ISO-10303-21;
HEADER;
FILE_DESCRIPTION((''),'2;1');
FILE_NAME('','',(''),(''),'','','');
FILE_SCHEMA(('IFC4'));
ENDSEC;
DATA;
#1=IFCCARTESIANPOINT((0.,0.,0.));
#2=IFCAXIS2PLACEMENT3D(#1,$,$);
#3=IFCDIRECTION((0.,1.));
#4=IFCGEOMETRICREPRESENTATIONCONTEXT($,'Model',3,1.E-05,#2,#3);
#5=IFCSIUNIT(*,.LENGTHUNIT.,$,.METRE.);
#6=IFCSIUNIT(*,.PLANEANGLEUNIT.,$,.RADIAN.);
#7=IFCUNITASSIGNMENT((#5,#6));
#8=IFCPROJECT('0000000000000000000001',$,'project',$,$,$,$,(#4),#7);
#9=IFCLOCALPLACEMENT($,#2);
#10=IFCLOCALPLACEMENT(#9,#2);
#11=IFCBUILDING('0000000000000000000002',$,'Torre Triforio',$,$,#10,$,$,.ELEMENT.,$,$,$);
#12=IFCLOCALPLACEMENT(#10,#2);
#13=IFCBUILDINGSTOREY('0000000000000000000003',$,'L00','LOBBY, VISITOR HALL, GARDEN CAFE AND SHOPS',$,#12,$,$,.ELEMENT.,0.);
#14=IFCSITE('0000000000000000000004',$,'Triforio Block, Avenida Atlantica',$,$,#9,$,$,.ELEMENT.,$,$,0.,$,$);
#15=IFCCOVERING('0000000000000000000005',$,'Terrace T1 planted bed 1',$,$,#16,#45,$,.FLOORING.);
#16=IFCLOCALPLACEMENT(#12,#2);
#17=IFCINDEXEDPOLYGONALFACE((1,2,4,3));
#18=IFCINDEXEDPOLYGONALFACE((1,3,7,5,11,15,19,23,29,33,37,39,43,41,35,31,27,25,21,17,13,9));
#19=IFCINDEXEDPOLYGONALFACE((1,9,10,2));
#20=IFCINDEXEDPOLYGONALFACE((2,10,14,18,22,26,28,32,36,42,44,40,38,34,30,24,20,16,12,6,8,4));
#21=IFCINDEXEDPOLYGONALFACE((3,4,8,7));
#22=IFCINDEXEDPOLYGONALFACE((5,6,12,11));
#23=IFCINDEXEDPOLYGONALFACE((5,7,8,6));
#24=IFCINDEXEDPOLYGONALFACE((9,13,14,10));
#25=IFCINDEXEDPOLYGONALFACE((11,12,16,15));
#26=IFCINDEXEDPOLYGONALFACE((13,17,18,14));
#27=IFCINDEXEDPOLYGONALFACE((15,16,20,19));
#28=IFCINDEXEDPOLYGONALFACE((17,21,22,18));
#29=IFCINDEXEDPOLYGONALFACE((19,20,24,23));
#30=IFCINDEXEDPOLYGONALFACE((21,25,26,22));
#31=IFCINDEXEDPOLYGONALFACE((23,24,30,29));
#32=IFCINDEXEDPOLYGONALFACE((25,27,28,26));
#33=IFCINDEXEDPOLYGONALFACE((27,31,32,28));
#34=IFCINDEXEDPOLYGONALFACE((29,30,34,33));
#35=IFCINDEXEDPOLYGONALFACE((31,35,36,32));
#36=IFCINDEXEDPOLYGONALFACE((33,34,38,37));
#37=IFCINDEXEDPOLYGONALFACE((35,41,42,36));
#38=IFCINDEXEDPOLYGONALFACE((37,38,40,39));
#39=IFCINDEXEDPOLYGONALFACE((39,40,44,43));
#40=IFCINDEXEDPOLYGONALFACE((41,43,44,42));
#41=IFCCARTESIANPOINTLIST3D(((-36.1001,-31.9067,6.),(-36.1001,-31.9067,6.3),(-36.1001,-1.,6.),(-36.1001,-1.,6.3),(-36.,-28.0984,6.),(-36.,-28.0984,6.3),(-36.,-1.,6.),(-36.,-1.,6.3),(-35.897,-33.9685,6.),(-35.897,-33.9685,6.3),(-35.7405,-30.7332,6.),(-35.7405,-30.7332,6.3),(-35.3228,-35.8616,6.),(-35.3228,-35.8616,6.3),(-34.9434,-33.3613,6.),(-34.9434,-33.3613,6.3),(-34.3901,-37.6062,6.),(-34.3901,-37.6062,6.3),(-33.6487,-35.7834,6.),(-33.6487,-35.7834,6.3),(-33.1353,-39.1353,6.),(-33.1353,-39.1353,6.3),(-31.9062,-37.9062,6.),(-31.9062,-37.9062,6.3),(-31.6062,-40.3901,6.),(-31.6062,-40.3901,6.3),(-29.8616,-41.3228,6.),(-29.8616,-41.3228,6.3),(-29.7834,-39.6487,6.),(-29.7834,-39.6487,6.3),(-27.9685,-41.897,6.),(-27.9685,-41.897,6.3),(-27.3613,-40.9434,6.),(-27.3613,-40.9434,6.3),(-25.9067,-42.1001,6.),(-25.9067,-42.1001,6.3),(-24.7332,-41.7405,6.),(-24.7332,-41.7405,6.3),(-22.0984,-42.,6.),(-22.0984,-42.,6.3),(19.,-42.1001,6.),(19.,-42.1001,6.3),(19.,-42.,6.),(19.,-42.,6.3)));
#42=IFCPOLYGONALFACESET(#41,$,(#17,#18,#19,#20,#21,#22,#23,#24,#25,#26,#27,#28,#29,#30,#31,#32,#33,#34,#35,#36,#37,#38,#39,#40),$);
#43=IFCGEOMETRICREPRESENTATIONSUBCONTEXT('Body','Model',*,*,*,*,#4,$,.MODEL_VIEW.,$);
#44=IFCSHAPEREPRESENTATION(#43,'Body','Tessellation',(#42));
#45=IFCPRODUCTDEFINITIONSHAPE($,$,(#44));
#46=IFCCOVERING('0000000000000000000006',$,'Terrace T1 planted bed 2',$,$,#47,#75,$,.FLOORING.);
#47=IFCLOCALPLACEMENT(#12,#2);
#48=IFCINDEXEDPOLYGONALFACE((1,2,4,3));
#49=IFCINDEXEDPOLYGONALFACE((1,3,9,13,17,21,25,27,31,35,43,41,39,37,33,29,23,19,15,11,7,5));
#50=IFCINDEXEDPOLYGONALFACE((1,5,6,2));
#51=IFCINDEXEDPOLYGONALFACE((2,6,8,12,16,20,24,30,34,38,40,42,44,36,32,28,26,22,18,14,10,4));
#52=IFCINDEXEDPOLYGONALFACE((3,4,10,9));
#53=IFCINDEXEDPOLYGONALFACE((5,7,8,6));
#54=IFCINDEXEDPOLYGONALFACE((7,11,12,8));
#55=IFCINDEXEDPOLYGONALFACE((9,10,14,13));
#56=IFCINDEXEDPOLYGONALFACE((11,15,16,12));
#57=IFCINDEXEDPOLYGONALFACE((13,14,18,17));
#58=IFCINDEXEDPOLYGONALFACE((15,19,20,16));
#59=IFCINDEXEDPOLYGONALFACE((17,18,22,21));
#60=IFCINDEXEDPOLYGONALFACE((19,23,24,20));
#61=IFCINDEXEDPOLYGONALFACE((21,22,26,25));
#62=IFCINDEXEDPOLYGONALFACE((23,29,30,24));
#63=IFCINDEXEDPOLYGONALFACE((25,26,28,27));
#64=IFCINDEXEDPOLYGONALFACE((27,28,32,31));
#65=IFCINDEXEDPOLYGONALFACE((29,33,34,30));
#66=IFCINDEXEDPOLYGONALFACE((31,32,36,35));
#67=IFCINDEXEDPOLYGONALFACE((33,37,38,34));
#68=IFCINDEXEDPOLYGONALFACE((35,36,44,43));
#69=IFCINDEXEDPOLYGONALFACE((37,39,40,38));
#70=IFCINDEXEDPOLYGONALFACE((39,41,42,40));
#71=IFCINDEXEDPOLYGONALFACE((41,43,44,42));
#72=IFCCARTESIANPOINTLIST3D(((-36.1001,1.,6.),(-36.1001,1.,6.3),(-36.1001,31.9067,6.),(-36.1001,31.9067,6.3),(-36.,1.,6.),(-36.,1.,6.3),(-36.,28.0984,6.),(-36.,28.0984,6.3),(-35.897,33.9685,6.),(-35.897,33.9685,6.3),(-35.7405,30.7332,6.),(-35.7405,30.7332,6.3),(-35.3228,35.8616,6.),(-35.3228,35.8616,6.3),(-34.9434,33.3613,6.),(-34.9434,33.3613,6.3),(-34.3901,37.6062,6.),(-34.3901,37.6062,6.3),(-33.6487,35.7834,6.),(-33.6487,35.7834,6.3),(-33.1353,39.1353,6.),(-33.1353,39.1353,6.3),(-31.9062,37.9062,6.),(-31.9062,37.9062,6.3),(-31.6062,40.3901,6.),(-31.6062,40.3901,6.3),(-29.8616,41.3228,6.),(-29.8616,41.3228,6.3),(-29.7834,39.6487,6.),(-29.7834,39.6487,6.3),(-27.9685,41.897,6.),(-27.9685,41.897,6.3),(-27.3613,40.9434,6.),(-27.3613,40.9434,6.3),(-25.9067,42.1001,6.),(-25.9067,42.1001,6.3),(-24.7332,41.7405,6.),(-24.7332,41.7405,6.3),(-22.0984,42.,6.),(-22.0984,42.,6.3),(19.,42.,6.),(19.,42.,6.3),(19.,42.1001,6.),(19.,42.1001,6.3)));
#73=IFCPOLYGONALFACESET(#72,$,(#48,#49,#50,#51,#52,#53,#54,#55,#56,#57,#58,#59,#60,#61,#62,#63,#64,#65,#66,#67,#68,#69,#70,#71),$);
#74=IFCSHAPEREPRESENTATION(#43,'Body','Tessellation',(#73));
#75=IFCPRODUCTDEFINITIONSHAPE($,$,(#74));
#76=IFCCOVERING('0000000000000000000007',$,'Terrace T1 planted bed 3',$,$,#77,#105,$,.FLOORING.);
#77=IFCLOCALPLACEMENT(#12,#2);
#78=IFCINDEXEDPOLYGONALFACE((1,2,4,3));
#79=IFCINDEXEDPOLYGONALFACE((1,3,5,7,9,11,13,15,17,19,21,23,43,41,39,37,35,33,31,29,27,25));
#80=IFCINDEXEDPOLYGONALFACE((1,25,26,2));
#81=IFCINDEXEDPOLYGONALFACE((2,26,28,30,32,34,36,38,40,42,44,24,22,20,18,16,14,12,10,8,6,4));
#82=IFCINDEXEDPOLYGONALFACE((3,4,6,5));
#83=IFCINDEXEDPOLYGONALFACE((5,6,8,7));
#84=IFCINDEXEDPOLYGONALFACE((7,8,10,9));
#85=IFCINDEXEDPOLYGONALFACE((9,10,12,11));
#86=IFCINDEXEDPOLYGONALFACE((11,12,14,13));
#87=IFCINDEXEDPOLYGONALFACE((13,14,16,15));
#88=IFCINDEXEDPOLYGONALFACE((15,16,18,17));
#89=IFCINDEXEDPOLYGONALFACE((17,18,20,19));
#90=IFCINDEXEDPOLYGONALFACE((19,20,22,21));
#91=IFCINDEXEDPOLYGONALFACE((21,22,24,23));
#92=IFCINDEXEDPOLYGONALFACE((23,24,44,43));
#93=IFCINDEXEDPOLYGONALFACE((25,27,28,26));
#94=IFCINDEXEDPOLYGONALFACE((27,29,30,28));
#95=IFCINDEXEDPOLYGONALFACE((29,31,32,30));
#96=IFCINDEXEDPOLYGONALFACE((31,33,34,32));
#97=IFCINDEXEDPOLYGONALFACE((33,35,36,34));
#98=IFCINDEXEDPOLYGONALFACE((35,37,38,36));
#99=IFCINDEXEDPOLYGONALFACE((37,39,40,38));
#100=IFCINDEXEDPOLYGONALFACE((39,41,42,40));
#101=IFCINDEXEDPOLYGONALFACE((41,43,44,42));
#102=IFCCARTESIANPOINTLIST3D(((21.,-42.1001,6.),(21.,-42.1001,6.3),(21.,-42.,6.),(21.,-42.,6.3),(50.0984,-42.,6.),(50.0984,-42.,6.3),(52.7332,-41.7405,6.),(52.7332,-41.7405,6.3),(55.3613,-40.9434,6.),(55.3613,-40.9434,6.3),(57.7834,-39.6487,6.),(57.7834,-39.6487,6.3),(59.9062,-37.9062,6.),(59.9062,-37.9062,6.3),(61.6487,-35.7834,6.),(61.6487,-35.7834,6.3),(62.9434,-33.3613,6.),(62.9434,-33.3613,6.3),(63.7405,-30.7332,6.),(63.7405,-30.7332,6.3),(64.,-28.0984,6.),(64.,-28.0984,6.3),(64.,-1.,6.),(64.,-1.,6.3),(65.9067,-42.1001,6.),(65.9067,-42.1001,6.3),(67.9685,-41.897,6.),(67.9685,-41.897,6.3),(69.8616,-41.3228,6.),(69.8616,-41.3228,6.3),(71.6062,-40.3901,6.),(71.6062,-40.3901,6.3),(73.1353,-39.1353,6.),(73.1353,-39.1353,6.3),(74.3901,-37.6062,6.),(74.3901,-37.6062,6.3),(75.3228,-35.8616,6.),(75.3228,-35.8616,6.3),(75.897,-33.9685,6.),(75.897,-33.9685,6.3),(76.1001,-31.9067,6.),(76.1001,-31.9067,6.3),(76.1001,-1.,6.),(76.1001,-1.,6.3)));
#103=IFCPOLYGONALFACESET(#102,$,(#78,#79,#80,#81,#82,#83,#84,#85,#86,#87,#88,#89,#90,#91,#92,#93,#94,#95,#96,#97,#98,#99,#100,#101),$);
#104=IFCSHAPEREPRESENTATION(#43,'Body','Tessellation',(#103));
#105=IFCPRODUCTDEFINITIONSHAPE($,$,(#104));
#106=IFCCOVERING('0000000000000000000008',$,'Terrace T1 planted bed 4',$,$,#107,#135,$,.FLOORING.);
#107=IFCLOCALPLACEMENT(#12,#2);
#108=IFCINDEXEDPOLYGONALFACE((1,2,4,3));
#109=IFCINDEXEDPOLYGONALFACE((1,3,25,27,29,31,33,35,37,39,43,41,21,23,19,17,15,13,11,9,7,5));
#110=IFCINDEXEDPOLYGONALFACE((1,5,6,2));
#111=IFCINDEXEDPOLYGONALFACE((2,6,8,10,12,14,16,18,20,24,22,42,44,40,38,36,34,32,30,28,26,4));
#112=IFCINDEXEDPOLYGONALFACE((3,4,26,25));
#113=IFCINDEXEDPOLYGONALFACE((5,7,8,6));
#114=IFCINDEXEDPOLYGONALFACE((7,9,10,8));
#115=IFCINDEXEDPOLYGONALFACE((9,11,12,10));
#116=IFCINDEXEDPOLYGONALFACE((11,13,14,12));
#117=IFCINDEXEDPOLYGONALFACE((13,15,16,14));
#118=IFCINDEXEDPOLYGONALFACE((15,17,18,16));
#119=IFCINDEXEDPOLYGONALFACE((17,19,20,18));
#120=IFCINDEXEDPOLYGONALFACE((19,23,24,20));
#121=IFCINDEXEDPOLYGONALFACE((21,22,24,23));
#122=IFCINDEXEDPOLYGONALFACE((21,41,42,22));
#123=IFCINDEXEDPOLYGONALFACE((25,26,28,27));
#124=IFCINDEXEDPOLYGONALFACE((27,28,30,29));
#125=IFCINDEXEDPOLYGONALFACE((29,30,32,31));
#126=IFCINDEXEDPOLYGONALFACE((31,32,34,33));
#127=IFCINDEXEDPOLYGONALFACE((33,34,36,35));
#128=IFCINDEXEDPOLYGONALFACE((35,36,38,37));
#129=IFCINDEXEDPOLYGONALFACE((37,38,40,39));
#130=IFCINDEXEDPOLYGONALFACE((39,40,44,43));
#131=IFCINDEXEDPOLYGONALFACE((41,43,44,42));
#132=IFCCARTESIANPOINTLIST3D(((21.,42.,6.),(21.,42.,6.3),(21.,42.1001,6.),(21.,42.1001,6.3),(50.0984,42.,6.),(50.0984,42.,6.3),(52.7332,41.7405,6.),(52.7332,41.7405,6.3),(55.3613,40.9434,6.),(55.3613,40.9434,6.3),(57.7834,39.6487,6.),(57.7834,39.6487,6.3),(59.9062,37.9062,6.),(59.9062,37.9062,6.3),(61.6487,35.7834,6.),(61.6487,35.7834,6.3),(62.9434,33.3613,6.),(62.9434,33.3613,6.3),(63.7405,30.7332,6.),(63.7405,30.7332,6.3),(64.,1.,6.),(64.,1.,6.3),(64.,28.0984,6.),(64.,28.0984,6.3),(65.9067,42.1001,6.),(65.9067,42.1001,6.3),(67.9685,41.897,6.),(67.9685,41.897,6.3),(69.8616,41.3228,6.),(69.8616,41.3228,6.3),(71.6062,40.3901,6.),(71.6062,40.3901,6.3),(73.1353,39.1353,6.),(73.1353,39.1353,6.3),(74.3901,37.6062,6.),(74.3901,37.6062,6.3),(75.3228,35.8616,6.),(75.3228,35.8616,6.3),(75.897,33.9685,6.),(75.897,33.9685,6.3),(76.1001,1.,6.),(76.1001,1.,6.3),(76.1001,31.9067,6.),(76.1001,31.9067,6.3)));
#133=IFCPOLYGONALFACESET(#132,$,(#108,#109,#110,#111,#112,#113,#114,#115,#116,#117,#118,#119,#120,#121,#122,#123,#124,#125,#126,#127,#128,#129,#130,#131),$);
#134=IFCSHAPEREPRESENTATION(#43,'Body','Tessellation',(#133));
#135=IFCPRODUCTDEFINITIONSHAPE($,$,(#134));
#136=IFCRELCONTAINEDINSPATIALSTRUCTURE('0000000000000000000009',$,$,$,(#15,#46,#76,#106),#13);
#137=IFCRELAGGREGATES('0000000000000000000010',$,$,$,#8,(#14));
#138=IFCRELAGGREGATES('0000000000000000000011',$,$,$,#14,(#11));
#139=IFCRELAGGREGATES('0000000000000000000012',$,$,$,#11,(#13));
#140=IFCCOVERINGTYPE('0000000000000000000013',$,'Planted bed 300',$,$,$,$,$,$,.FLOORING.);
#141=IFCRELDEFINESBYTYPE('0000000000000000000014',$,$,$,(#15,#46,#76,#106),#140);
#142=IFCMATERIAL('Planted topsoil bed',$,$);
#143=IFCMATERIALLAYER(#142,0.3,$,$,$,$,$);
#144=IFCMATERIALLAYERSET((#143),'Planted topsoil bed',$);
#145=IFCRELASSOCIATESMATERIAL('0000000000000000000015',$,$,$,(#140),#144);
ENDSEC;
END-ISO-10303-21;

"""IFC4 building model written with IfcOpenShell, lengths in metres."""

from ifc_helpers import new_model, si_unit, direction, frame, origin, place, context, subcontext, project, spatial, polyline, outline, extrude, material, layer, layer_set, type_object, element, save


model = new_model("IFC4")

# Units and contexts
model_context = context("Model", 3, precision=1e-05, world=origin(), true_north=direction((0.0, 1.0)))
body_context = subcontext(model_context, "Body", "Model", "MODEL_VIEW")
ifc_project = project(units=[si_unit("LENGTHUNIT", "METRE"), si_unit("PLANEANGLEUNIT", "RADIAN")], contexts=[model_context])

# Site, building, storey
site_placement = place(None, origin())
site = spatial("IfcSite", under=ifc_project, at=site_placement, Name="Triforio Block, Avenida Atlantica", CompositionType="ELEMENT", RefElevation=0.0)
building_placement = place(site_placement, origin())
building = spatial("IfcBuilding", under=site, at=building_placement, Name="Torre Triforio", CompositionType="ELEMENT")
storey_placement = place(building_placement, origin())
storey = spatial("IfcBuildingStorey", under=building, at=storey_placement, Name="L00", Description="LOBBY, VISITOR HALL, GARDEN CAFE AND SHOPS", CompositionType="ELEMENT", Elevation=0.0)

# Coverings
ifc_material_1 = material(Name="Planted topsoil bed")
ifc_layer_1 = layer(ifc_material_1, 0.3)
ifc_layer_set_1 = layer_set([ifc_layer_1], Name="Planted topsoil bed")
covering_type = type_object("IfcCoveringType", Name="Planted bed 300", PredefinedType="FLOORING", material=ifc_layer_set_1)
covering_1_placement = place(storey_placement, frame((0.0, 0.0, 6.0)))
element("IfcCovering", 1, at=covering_1_placement, inside=storey, type_object=covering_type, Name="Terrace T1 planted bed 1", PredefinedType="FLOORING", context=body_context, shape_type="SweptSolid", body=[
    extrude(outline(polyline([(-29.8616, -41.3228), (-31.6062, -40.3901), (-33.1353, -39.1353), (-34.3901, -37.6062), (-35.3228, -35.8616), (-35.897, -33.9685), (-36.1001, -31.9067), (-36.1001, -1.0), (-36.0, -1.0), (-36.0, -28.0984), (-35.7405, -30.7332), (-34.9434, -33.3613), (-33.6487, -35.7834), (-31.9062, -37.9062), (-29.7834, -39.6487), (-27.3613, -40.9434), (-24.7332, -41.7405), (-22.0984, -42.0), (19.0, -42.0), (19.0, -42.1001), (-25.9067, -42.1001), (-27.9685, -41.897), (-29.8616, -41.3228)])), origin(), (0.0, 0.0, 1.0), 0.3),
])
covering_2_placement = place(storey_placement, frame((0.0, 0.0, 6.0)))
element("IfcCovering", 2, at=covering_2_placement, inside=storey, type_object=covering_type, Name="Terrace T1 planted bed 2", PredefinedType="FLOORING", context=body_context, shape_type="SweptSolid", body=[
    extrude(outline(polyline([(-35.897, 33.9685), (-35.3228, 35.8616), (-34.3901, 37.6062), (-33.1353, 39.1353), (-31.6062, 40.3901), (-29.8616, 41.3228), (-27.9685, 41.897), (-25.9067, 42.1001), (19.0, 42.1001), (19.0, 42.0), (-22.0984, 42.0), (-24.7332, 41.7405), (-27.3613, 40.9434), (-29.7834, 39.6487), (-31.9062, 37.9062), (-33.6487, 35.7834), (-34.9434, 33.3613), (-35.7405, 30.7332), (-36.0, 28.0984), (-36.0, 1.0), (-36.1001, 1.0), (-36.1001, 31.9067), (-35.897, 33.9685)])), origin(), (0.0, 0.0, 1.0), 0.3),
])
covering_3_placement = place(storey_placement, frame((0.0, 0.0, 6.0)))
element("IfcCovering", 3, at=covering_3_placement, inside=storey, type_object=covering_type, Name="Terrace T1 planted bed 3", PredefinedType="FLOORING", context=body_context, shape_type="SweptSolid", body=[
    extrude(outline(polyline([(50.0984, -42.0), (52.7332, -41.7405), (55.3613, -40.9434), (57.7834, -39.6487), (59.9062, -37.9062), (61.6487, -35.7834), (62.9434, -33.3613), (63.7405, -30.7332), (64.0, -28.0984), (64.0, -1.0), (76.1001, -1.0), (76.1001, -31.9067), (75.897, -33.9685), (75.3228, -35.8616), (74.3901, -37.6062), (73.1353, -39.1353), (71.6062, -40.3901), (69.8616, -41.3228), (67.9685, -41.897), (65.9067, -42.1001), (21.0, -42.1001), (21.0, -42.0), (50.0984, -42.0)])), origin(), (0.0, 0.0, 1.0), 0.3),
])
covering_4_placement = place(storey_placement, frame((0.0, 0.0, 6.0)))
element("IfcCovering", 4, at=covering_4_placement, inside=storey, type_object=covering_type, Name="Terrace T1 planted bed 4", PredefinedType="FLOORING", context=body_context, shape_type="SweptSolid", body=[
    extrude(outline(polyline([(65.9067, 42.1001), (67.9685, 41.897), (69.8616, 41.3228), (71.6062, 40.3901), (73.1353, 39.1353), (74.3901, 37.6062), (75.3228, 35.8616), (75.897, 33.9685), (76.1001, 31.9067), (76.1001, 1.0), (64.0, 1.0), (64.0, 28.0984), (63.7405, 30.7332), (62.9434, 33.3613), (61.6487, 35.7834), (59.9062, 37.9062), (57.7834, 39.6487), (55.3613, 40.9434), (52.7332, 41.7405), (50.0984, 42.0), (21.0, 42.0), (21.0, 42.1001), (65.9067, 42.1001)])), origin(), (0.0, 0.0, 1.0), 0.3),
])

save(model, "model.ifc")
